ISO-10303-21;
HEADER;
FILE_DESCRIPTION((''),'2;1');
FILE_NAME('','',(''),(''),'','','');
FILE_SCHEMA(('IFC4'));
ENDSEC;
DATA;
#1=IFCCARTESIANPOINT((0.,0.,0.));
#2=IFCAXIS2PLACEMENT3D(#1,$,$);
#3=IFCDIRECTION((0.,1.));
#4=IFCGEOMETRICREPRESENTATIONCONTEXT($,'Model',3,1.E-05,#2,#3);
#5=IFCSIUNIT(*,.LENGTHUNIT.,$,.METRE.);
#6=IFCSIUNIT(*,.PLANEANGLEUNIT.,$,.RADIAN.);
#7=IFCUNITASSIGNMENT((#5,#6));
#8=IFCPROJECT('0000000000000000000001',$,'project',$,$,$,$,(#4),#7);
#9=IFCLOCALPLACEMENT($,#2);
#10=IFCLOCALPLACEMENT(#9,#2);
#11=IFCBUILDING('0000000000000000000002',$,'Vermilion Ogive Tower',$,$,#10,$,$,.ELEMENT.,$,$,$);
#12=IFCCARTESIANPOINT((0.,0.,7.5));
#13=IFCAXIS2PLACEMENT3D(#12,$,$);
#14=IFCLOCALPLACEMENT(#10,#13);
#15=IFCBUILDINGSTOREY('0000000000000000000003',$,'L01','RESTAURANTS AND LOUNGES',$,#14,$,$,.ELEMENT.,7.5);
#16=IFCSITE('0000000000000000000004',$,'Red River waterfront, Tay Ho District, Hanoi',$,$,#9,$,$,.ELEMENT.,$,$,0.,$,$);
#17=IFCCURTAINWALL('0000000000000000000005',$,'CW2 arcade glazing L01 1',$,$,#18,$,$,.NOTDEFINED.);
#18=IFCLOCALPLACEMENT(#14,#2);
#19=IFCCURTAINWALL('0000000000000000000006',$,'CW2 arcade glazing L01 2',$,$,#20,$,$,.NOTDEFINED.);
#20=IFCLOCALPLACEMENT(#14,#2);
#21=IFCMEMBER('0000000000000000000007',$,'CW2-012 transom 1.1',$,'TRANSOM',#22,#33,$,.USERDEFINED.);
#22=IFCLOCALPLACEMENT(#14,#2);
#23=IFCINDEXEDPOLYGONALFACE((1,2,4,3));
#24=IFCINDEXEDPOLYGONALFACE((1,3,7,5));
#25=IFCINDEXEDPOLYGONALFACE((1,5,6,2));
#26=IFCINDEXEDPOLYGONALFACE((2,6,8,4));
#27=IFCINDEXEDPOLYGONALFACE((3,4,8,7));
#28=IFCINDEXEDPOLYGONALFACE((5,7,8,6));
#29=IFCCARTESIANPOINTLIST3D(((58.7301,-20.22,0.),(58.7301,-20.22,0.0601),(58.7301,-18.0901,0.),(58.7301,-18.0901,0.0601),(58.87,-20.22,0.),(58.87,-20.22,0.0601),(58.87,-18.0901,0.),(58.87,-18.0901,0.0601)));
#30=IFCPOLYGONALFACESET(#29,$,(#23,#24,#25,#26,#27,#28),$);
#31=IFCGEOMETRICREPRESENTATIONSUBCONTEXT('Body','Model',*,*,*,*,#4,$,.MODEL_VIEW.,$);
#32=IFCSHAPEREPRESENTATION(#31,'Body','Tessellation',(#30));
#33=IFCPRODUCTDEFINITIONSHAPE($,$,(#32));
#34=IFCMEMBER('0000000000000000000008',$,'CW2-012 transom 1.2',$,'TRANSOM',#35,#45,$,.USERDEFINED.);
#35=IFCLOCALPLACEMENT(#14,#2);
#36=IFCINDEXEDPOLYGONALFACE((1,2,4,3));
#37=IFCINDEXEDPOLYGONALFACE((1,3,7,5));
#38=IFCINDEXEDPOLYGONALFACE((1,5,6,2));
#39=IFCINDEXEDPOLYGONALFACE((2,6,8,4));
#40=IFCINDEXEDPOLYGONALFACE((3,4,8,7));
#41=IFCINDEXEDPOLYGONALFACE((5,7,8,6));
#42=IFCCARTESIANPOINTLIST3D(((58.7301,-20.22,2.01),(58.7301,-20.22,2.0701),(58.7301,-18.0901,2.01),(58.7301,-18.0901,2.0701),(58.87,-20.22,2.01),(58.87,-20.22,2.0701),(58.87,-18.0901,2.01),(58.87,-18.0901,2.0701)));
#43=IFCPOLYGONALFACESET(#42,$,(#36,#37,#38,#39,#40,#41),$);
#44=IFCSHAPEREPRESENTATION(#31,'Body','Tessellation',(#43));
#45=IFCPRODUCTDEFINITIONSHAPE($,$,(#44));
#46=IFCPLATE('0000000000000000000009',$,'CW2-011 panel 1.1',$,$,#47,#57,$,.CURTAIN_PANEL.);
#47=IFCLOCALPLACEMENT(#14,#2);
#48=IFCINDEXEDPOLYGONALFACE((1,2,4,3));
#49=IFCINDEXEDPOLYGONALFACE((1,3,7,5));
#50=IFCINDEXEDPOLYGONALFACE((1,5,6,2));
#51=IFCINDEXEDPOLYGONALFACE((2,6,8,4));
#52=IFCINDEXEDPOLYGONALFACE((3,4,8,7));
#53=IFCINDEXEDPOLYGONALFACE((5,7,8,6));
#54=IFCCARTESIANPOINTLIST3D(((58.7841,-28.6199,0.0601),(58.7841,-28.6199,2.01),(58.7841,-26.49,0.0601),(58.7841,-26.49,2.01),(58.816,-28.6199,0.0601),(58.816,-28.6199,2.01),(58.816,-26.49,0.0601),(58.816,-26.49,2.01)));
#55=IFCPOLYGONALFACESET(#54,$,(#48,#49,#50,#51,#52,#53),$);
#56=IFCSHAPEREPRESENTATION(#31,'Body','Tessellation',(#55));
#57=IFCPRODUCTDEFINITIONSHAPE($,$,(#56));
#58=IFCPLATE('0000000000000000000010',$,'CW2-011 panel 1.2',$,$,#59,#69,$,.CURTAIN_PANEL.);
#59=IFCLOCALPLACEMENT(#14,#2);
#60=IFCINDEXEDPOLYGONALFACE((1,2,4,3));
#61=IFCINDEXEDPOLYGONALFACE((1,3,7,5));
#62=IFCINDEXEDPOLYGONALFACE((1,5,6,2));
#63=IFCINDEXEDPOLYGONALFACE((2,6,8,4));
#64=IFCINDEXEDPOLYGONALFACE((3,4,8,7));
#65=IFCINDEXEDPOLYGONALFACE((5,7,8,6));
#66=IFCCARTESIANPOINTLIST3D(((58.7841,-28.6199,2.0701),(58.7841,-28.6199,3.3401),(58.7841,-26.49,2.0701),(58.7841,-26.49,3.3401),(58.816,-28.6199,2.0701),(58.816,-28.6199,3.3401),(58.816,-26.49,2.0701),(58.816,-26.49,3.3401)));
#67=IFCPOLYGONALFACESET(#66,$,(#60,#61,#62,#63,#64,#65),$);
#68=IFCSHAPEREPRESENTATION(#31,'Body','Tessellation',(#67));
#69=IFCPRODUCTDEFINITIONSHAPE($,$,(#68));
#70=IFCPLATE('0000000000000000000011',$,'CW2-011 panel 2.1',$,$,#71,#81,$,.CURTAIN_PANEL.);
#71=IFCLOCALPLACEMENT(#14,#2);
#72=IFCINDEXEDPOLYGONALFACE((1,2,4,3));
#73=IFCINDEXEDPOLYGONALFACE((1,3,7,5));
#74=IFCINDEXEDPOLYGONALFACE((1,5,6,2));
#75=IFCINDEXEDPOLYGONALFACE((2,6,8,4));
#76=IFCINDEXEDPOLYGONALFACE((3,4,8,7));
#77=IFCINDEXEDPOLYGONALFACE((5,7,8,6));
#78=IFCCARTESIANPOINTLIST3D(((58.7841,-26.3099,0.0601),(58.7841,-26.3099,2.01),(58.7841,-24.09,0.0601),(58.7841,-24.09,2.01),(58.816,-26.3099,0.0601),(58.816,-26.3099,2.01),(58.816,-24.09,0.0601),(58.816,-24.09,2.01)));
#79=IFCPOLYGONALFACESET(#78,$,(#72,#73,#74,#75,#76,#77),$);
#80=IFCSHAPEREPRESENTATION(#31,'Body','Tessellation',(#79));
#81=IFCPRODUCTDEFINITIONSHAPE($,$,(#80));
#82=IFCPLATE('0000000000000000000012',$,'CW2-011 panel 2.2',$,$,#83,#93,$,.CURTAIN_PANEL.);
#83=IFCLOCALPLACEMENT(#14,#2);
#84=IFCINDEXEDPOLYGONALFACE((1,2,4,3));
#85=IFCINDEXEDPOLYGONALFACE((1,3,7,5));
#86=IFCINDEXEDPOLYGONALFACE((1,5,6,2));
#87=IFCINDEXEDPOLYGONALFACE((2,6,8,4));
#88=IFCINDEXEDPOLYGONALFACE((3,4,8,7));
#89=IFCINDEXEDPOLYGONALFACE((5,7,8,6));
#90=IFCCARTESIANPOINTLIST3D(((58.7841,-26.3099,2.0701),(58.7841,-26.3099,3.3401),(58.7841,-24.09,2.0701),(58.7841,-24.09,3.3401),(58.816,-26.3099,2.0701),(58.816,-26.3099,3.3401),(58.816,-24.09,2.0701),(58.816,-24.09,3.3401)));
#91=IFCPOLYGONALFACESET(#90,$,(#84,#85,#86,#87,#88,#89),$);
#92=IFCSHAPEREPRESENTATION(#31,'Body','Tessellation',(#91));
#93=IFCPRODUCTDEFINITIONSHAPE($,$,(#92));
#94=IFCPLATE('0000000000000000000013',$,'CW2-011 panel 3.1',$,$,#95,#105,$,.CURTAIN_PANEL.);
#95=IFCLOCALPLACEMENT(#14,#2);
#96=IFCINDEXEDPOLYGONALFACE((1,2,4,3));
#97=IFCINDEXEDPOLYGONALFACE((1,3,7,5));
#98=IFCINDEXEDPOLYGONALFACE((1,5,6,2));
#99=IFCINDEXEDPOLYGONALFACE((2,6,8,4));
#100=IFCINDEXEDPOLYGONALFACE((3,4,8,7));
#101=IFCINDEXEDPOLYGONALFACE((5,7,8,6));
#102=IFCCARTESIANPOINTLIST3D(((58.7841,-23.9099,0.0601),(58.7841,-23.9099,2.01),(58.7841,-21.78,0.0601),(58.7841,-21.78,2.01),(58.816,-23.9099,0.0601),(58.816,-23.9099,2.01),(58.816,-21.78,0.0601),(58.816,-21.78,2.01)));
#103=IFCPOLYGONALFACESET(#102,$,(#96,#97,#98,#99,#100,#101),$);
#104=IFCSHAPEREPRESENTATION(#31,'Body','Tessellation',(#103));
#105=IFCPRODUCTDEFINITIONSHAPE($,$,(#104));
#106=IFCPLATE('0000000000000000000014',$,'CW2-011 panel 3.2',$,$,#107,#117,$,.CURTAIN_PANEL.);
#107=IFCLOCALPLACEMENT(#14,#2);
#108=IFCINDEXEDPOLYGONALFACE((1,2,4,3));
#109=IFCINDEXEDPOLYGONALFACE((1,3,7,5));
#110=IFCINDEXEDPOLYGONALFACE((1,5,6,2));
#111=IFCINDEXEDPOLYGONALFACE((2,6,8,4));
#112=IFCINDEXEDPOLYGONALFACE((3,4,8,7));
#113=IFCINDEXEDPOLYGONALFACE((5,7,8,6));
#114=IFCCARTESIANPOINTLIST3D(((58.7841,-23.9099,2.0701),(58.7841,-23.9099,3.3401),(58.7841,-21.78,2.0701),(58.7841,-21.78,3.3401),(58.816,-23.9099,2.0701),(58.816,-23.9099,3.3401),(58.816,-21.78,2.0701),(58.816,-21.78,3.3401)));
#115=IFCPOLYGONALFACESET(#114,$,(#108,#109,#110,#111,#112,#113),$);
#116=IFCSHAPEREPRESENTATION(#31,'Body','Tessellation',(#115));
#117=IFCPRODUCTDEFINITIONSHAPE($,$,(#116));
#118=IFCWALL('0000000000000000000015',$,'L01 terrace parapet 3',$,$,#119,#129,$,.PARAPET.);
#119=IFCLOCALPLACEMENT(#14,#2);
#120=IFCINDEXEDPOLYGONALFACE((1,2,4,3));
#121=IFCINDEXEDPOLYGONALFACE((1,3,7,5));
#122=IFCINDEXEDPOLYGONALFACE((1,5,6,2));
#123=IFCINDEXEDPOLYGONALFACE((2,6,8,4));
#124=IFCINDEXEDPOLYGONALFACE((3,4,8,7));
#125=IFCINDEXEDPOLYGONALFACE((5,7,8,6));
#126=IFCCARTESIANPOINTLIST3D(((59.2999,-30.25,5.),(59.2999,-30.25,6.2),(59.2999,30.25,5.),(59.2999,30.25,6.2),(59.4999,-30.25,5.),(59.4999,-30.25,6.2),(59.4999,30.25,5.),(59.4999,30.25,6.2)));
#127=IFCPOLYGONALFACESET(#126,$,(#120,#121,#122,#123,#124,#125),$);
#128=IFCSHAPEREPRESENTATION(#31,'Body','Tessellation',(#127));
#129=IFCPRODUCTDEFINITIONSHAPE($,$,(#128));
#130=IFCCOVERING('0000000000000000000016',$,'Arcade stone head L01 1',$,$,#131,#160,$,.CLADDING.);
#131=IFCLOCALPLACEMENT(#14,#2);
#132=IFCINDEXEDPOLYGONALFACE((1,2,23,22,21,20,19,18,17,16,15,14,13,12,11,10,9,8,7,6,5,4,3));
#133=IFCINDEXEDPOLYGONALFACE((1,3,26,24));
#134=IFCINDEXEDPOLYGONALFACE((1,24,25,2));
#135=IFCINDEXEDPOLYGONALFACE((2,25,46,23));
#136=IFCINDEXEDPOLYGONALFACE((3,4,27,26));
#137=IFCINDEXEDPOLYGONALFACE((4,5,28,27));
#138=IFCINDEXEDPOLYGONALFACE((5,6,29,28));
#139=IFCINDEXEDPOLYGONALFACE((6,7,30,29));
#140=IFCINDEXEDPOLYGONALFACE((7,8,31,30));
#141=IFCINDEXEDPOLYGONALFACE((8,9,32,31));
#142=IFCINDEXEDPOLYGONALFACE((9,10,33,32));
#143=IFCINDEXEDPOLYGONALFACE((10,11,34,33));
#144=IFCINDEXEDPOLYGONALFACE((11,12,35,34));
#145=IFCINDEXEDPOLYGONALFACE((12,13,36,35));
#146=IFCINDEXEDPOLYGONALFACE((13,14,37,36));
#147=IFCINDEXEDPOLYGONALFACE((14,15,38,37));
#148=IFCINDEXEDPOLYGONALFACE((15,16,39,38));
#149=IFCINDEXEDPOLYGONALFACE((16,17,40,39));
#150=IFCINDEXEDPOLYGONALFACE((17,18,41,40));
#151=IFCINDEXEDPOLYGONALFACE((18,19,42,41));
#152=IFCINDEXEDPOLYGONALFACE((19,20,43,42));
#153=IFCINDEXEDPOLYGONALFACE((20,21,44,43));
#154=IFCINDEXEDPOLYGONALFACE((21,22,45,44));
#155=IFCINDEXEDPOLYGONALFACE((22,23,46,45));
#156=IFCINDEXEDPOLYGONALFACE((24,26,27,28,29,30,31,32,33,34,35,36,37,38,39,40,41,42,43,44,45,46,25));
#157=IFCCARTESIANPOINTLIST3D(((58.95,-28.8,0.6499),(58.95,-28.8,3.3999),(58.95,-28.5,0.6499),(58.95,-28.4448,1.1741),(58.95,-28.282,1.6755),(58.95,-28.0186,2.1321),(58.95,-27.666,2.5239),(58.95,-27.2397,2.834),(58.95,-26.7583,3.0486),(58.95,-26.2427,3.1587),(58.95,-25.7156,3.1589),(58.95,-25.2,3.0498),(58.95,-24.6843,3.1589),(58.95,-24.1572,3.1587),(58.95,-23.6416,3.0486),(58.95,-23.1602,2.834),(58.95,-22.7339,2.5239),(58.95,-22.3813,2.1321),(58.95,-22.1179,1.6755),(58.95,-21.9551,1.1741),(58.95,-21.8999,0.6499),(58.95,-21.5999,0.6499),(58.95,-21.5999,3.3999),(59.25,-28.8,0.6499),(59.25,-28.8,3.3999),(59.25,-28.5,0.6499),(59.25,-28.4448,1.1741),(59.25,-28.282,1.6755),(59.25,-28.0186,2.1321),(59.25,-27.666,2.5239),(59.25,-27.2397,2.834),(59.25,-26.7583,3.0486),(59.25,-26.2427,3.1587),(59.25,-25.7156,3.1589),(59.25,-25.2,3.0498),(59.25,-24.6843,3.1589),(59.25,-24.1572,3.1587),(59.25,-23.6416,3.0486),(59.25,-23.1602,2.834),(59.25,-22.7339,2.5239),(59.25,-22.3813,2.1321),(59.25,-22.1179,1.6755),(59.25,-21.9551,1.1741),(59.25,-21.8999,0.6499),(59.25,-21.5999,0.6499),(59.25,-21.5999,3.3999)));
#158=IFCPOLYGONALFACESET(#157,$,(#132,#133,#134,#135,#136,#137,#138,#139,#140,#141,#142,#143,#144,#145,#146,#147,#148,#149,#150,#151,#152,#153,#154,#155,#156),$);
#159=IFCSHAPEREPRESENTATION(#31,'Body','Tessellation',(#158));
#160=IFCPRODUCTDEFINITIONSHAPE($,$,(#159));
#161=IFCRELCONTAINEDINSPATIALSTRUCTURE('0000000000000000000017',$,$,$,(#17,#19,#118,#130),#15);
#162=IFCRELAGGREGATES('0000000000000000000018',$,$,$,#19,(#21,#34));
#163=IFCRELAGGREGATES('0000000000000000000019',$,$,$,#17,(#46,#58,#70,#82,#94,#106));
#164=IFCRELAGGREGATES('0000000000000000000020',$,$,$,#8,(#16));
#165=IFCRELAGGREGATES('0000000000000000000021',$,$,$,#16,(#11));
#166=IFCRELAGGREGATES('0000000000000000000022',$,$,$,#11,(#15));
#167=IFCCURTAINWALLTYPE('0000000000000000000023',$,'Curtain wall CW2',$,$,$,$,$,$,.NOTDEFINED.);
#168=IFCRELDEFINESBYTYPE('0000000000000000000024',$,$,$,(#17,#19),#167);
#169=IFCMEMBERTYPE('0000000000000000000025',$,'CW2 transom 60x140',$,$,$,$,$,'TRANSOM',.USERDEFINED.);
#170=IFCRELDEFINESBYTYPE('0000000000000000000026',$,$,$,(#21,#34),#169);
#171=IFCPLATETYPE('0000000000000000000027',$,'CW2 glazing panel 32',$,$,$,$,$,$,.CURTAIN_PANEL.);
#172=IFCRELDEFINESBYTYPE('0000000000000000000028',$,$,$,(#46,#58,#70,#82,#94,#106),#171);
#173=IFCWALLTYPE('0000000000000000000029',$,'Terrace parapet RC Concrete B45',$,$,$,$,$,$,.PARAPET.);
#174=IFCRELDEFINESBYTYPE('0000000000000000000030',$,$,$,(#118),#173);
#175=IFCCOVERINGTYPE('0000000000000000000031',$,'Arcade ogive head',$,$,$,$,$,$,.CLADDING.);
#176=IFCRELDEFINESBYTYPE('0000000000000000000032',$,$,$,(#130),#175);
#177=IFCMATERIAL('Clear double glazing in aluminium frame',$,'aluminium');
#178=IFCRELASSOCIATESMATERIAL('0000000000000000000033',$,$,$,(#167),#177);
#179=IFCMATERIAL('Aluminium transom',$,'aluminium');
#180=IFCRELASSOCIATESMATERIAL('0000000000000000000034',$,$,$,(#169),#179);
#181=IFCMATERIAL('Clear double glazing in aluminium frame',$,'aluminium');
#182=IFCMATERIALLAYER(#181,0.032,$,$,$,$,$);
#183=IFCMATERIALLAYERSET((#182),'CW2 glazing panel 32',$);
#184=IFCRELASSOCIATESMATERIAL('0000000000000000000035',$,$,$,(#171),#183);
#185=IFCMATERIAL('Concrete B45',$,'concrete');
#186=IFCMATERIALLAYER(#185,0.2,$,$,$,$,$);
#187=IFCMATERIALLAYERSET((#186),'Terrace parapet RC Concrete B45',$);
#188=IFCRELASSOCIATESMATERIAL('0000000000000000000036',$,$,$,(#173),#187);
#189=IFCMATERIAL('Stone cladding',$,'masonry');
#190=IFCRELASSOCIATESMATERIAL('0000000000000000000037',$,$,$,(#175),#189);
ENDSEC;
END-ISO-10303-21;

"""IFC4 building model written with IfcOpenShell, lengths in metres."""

from ifc_helpers import new_model, si_unit, direction, frame, frame_2d, origin, origin_2d, place, context, subcontext, project, spatial, polyline, rectangle, outline, extrude, material, layer, layer_set, material_profile, profile_set, type_object, element, aggregate, save


model = new_model("IFC4")

# Units and contexts
model_context = context("Model", 3, precision=1e-05, world=origin(), true_north=direction((0.0, 1.0)))
body_context = subcontext(model_context, "Body", "Model", "MODEL_VIEW")
ifc_project = project(units=[si_unit("LENGTHUNIT", "METRE"), si_unit("PLANEANGLEUNIT", "RADIAN")], contexts=[model_context])

# Site, building, storey
site_placement = place(None, origin())
site = spatial("IfcSite", under=ifc_project, at=site_placement, Name="Red River waterfront, Tay Ho District, Hanoi", CompositionType="ELEMENT", RefElevation=0.0)
building_placement = place(site_placement, origin())
building = spatial("IfcBuilding", under=site, at=building_placement, Name="Vermilion Ogive Tower", CompositionType="ELEMENT")
storey_placement = place(building_placement, frame((0.0, 0.0, 7.5)))
storey = spatial("IfcBuildingStorey", under=building, at=storey_placement, Name="L01", Description="RESTAURANTS AND LOUNGES", CompositionType="ELEMENT", Elevation=7.5)

# Curtain wall
ifc_material_1 = material(Name="Clear double glazing in aluminium frame", Category="aluminium")
curtain_wall_type = type_object("IfcCurtainWallType", Name="Curtain wall CW2", PredefinedType="NOTDEFINED", material=ifc_material_1)
curtain_wall_1_placement = place(storey_placement, origin())
curtain_wall_1 = element("IfcCurtainWall", 1, at=curtain_wall_1_placement, inside=storey, type_object=curtain_wall_type, Name="CW2 arcade glazing L01 1", PredefinedType="NOTDEFINED")

# Curtain wall
curtain_wall_2_placement = place(storey_placement, origin())
curtain_wall_2 = element("IfcCurtainWall", 2, at=curtain_wall_2_placement, inside=storey, type_object=curtain_wall_type, Name="CW2 arcade glazing L01 2", PredefinedType="NOTDEFINED")

# Members
ifc_material_2 = material(Name="Aluminium transom", Category="aluminium")
ifc_material_profile_1 = material_profile(ifc_material_2, rectangle(XDim=0.1399, YDim=0.0601, at=origin_2d()), Name="AL 60x140")
ifc_profile_set_1 = profile_set([ifc_material_profile_1], Name="Aluminium transom")
member_type_1 = type_object("IfcMemberType", Name="CW2 transom 60x140", ElementType="TRANSOM", PredefinedType="USERDEFINED", material=ifc_profile_set_1)
member_1_placement = place(storey_placement, frame((58.8, -20.22, 0.03), z_axis=(0.0, 1.0, 0.0), x_axis=(-1.0, 0.0, 0.0)))
member_1 = element("IfcMember", 3, at=member_1_placement, type_object=member_type_1, Name="CW2-012 transom 1.1", ObjectType="TRANSOM", PredefinedType="USERDEFINED", context=body_context, shape_type="SweptSolid", body=[
    extrude(rectangle(XDim=0.1399, YDim=0.0601, at=origin_2d()), origin(), (0.0, 0.0, 1.0), 2.1299),
])
member_2_placement = place(storey_placement, frame((58.8, -20.22, 2.04), z_axis=(0.0, 1.0, 0.0), x_axis=(-1.0, 0.0, 0.0)))
member_2 = element("IfcMember", 4, at=member_2_placement, type_object=member_type_1, Name="CW2-012 transom 1.2", ObjectType="TRANSOM", PredefinedType="USERDEFINED", context=body_context, shape_type="SweptSolid", body=[
    extrude(rectangle(XDim=0.1399, YDim=0.0601, at=origin_2d()), origin(), (0.0, 0.0, 1.0), 2.1299),
])
aggregate(curtain_wall_2, [member_1, member_2])

# Plates
ifc_material_3 = material(Name="Clear double glazing in aluminium frame", Category="aluminium")
ifc_layer_1 = layer(ifc_material_3, 0.032)
ifc_layer_set_1 = layer_set([ifc_layer_1], Name="CW2 glazing panel 32")
plate_type = type_object("IfcPlateType", Name="CW2 glazing panel 32", PredefinedType="CURTAIN_PANEL", material=ifc_layer_set_1)
plate_1_placement = place(storey_placement, frame((58.8, -27.5549, 0.0601), z_axis=(0.0, 0.0, 1.0), x_axis=(0.0, 1.0, 0.0)))
plate_1 = element("IfcPlate", 5, at=plate_1_placement, type_object=plate_type, Name="CW2-011 panel 1.1", PredefinedType="CURTAIN_PANEL", context=body_context, shape_type="SweptSolid", body=[
    extrude(rectangle(XDim=2.1299, YDim=0.032, at=origin_2d()), origin(), (0.0, 0.0, 1.0), 1.95),
])
plate_2_placement = place(storey_placement, frame((58.8, -27.5549, 2.0701), z_axis=(0.0, 0.0, 1.0), x_axis=(0.0, 1.0, 0.0)))
plate_2 = element("IfcPlate", 6, at=plate_2_placement, type_object=plate_type, Name="CW2-011 panel 1.2", PredefinedType="CURTAIN_PANEL", context=body_context, shape_type="SweptSolid", body=[
    extrude(rectangle(XDim=2.1299, YDim=0.032, at=origin_2d()), origin(), (0.0, 0.0, 1.0), 1.27),
])
plate_3_placement = place(storey_placement, frame((58.8, -25.2, 0.0601), z_axis=(0.0, 0.0, 1.0), x_axis=(0.0, 1.0, 0.0)))
plate_3 = element("IfcPlate", 7, at=plate_3_placement, type_object=plate_type, Name="CW2-011 panel 2.1", PredefinedType="CURTAIN_PANEL", context=body_context, shape_type="SweptSolid", body=[
    extrude(rectangle(XDim=2.22, YDim=0.032, at=origin_2d()), origin(), (0.0, 0.0, 1.0), 1.95),
])
plate_4_placement = place(storey_placement, frame((58.8, -25.2, 2.0701), z_axis=(0.0, 0.0, 1.0), x_axis=(0.0, 1.0, 0.0)))
plate_4 = element("IfcPlate", 8, at=plate_4_placement, type_object=plate_type, Name="CW2-011 panel 2.2", PredefinedType="CURTAIN_PANEL", context=body_context, shape_type="SweptSolid", body=[
    extrude(rectangle(XDim=2.22, YDim=0.032, at=origin_2d()), origin(), (0.0, 0.0, 1.0), 1.27),
])
plate_5_placement = place(storey_placement, frame((58.8, -22.845, 0.0601), z_axis=(0.0, 0.0, 1.0), x_axis=(0.0, 1.0, 0.0)))
plate_5 = element("IfcPlate", 9, at=plate_5_placement, type_object=plate_type, Name="CW2-011 panel 3.1", PredefinedType="CURTAIN_PANEL", context=body_context, shape_type="SweptSolid", body=[
    extrude(rectangle(XDim=2.1299, YDim=0.032, at=origin_2d()), origin(), (0.0, 0.0, 1.0), 1.95),
])
plate_6_placement = place(storey_placement, frame((58.8, -22.845, 2.0701), z_axis=(0.0, 0.0, 1.0), x_axis=(0.0, 1.0, 0.0)))
plate_6 = element("IfcPlate", 10, at=plate_6_placement, type_object=plate_type, Name="CW2-011 panel 3.2", PredefinedType="CURTAIN_PANEL", context=body_context, shape_type="SweptSolid", body=[
    extrude(rectangle(XDim=2.1299, YDim=0.032, at=origin_2d()), origin(), (0.0, 0.0, 1.0), 1.27),
])
aggregate(curtain_wall_1, [plate_1, plate_2, plate_3, plate_4, plate_5, plate_6])

# Wall
ifc_material_4 = material(Name="Concrete B45", Category="concrete")
ifc_layer_2 = layer(ifc_material_4, 0.2)
ifc_layer_set_2 = layer_set([ifc_layer_2], Name="Terrace parapet RC Concrete B45")
wall_type = type_object("IfcWallType", Name="Terrace parapet RC Concrete B45", PredefinedType="PARAPET", material=ifc_layer_set_2)
wall_placement = place(storey_placement, frame((59.3999, -30.25, 5.0), z_axis=(0.0, 0.0, 1.0), x_axis=(0.0, 1.0, 0.0)))
element("IfcWall", 11, at=wall_placement, inside=storey, type_object=wall_type, Name="L01 terrace parapet 3", PredefinedType="PARAPET", context=body_context, shape_type="SweptSolid", body=[
    extrude(rectangle(XDim=60.5, YDim=0.2, at=frame_2d((30.25, 0.0))), origin(), (0.0, 0.0, 1.0), 1.2),
])

# Covering
ifc_material_5 = material(Name="Stone cladding", Category="masonry")
covering_type = type_object("IfcCoveringType", Name="Arcade ogive head", PredefinedType="CLADDING", material=ifc_material_5)
covering_placement = place(storey_placement, frame((58.95, -25.2, 3.3999), z_axis=(1.0, 0.0, 0.0), x_axis=(0.0, 1.0, 0.0)))
element("IfcCovering", 12, at=covering_placement, inside=storey, type_object=covering_type, Name="Arcade stone head L01 1", PredefinedType="CLADDING", context=body_context, shape_type="SweptSolid", body=[
    extrude(outline(polyline([(-3.3, -2.75), (-3.2449, -2.2258), (-3.082, -1.7244), (-2.8186, -1.2678), (-2.4661, -0.876), (-2.0398, -0.5659), (-1.5583, -0.3513), (-1.0427, -0.2412), (-0.5156, -0.241), (0.0, -0.3501), (0.5156, -0.241), (1.0427, -0.2412), (1.5583, -0.3513), (2.0398, -0.5659), (2.4661, -0.876), (2.8186, -1.2678), (3.082, -1.7244), (3.2449, -2.2258), (3.3, -2.75), (3.6001, -2.75), (3.6001, 0.0), (-3.6001, 0.0), (-3.6001, -2.75), (-3.3, -2.75)])), origin(), (0.0, 0.0, 1.0), 0.3),
])

save(model, "model.ifc")
